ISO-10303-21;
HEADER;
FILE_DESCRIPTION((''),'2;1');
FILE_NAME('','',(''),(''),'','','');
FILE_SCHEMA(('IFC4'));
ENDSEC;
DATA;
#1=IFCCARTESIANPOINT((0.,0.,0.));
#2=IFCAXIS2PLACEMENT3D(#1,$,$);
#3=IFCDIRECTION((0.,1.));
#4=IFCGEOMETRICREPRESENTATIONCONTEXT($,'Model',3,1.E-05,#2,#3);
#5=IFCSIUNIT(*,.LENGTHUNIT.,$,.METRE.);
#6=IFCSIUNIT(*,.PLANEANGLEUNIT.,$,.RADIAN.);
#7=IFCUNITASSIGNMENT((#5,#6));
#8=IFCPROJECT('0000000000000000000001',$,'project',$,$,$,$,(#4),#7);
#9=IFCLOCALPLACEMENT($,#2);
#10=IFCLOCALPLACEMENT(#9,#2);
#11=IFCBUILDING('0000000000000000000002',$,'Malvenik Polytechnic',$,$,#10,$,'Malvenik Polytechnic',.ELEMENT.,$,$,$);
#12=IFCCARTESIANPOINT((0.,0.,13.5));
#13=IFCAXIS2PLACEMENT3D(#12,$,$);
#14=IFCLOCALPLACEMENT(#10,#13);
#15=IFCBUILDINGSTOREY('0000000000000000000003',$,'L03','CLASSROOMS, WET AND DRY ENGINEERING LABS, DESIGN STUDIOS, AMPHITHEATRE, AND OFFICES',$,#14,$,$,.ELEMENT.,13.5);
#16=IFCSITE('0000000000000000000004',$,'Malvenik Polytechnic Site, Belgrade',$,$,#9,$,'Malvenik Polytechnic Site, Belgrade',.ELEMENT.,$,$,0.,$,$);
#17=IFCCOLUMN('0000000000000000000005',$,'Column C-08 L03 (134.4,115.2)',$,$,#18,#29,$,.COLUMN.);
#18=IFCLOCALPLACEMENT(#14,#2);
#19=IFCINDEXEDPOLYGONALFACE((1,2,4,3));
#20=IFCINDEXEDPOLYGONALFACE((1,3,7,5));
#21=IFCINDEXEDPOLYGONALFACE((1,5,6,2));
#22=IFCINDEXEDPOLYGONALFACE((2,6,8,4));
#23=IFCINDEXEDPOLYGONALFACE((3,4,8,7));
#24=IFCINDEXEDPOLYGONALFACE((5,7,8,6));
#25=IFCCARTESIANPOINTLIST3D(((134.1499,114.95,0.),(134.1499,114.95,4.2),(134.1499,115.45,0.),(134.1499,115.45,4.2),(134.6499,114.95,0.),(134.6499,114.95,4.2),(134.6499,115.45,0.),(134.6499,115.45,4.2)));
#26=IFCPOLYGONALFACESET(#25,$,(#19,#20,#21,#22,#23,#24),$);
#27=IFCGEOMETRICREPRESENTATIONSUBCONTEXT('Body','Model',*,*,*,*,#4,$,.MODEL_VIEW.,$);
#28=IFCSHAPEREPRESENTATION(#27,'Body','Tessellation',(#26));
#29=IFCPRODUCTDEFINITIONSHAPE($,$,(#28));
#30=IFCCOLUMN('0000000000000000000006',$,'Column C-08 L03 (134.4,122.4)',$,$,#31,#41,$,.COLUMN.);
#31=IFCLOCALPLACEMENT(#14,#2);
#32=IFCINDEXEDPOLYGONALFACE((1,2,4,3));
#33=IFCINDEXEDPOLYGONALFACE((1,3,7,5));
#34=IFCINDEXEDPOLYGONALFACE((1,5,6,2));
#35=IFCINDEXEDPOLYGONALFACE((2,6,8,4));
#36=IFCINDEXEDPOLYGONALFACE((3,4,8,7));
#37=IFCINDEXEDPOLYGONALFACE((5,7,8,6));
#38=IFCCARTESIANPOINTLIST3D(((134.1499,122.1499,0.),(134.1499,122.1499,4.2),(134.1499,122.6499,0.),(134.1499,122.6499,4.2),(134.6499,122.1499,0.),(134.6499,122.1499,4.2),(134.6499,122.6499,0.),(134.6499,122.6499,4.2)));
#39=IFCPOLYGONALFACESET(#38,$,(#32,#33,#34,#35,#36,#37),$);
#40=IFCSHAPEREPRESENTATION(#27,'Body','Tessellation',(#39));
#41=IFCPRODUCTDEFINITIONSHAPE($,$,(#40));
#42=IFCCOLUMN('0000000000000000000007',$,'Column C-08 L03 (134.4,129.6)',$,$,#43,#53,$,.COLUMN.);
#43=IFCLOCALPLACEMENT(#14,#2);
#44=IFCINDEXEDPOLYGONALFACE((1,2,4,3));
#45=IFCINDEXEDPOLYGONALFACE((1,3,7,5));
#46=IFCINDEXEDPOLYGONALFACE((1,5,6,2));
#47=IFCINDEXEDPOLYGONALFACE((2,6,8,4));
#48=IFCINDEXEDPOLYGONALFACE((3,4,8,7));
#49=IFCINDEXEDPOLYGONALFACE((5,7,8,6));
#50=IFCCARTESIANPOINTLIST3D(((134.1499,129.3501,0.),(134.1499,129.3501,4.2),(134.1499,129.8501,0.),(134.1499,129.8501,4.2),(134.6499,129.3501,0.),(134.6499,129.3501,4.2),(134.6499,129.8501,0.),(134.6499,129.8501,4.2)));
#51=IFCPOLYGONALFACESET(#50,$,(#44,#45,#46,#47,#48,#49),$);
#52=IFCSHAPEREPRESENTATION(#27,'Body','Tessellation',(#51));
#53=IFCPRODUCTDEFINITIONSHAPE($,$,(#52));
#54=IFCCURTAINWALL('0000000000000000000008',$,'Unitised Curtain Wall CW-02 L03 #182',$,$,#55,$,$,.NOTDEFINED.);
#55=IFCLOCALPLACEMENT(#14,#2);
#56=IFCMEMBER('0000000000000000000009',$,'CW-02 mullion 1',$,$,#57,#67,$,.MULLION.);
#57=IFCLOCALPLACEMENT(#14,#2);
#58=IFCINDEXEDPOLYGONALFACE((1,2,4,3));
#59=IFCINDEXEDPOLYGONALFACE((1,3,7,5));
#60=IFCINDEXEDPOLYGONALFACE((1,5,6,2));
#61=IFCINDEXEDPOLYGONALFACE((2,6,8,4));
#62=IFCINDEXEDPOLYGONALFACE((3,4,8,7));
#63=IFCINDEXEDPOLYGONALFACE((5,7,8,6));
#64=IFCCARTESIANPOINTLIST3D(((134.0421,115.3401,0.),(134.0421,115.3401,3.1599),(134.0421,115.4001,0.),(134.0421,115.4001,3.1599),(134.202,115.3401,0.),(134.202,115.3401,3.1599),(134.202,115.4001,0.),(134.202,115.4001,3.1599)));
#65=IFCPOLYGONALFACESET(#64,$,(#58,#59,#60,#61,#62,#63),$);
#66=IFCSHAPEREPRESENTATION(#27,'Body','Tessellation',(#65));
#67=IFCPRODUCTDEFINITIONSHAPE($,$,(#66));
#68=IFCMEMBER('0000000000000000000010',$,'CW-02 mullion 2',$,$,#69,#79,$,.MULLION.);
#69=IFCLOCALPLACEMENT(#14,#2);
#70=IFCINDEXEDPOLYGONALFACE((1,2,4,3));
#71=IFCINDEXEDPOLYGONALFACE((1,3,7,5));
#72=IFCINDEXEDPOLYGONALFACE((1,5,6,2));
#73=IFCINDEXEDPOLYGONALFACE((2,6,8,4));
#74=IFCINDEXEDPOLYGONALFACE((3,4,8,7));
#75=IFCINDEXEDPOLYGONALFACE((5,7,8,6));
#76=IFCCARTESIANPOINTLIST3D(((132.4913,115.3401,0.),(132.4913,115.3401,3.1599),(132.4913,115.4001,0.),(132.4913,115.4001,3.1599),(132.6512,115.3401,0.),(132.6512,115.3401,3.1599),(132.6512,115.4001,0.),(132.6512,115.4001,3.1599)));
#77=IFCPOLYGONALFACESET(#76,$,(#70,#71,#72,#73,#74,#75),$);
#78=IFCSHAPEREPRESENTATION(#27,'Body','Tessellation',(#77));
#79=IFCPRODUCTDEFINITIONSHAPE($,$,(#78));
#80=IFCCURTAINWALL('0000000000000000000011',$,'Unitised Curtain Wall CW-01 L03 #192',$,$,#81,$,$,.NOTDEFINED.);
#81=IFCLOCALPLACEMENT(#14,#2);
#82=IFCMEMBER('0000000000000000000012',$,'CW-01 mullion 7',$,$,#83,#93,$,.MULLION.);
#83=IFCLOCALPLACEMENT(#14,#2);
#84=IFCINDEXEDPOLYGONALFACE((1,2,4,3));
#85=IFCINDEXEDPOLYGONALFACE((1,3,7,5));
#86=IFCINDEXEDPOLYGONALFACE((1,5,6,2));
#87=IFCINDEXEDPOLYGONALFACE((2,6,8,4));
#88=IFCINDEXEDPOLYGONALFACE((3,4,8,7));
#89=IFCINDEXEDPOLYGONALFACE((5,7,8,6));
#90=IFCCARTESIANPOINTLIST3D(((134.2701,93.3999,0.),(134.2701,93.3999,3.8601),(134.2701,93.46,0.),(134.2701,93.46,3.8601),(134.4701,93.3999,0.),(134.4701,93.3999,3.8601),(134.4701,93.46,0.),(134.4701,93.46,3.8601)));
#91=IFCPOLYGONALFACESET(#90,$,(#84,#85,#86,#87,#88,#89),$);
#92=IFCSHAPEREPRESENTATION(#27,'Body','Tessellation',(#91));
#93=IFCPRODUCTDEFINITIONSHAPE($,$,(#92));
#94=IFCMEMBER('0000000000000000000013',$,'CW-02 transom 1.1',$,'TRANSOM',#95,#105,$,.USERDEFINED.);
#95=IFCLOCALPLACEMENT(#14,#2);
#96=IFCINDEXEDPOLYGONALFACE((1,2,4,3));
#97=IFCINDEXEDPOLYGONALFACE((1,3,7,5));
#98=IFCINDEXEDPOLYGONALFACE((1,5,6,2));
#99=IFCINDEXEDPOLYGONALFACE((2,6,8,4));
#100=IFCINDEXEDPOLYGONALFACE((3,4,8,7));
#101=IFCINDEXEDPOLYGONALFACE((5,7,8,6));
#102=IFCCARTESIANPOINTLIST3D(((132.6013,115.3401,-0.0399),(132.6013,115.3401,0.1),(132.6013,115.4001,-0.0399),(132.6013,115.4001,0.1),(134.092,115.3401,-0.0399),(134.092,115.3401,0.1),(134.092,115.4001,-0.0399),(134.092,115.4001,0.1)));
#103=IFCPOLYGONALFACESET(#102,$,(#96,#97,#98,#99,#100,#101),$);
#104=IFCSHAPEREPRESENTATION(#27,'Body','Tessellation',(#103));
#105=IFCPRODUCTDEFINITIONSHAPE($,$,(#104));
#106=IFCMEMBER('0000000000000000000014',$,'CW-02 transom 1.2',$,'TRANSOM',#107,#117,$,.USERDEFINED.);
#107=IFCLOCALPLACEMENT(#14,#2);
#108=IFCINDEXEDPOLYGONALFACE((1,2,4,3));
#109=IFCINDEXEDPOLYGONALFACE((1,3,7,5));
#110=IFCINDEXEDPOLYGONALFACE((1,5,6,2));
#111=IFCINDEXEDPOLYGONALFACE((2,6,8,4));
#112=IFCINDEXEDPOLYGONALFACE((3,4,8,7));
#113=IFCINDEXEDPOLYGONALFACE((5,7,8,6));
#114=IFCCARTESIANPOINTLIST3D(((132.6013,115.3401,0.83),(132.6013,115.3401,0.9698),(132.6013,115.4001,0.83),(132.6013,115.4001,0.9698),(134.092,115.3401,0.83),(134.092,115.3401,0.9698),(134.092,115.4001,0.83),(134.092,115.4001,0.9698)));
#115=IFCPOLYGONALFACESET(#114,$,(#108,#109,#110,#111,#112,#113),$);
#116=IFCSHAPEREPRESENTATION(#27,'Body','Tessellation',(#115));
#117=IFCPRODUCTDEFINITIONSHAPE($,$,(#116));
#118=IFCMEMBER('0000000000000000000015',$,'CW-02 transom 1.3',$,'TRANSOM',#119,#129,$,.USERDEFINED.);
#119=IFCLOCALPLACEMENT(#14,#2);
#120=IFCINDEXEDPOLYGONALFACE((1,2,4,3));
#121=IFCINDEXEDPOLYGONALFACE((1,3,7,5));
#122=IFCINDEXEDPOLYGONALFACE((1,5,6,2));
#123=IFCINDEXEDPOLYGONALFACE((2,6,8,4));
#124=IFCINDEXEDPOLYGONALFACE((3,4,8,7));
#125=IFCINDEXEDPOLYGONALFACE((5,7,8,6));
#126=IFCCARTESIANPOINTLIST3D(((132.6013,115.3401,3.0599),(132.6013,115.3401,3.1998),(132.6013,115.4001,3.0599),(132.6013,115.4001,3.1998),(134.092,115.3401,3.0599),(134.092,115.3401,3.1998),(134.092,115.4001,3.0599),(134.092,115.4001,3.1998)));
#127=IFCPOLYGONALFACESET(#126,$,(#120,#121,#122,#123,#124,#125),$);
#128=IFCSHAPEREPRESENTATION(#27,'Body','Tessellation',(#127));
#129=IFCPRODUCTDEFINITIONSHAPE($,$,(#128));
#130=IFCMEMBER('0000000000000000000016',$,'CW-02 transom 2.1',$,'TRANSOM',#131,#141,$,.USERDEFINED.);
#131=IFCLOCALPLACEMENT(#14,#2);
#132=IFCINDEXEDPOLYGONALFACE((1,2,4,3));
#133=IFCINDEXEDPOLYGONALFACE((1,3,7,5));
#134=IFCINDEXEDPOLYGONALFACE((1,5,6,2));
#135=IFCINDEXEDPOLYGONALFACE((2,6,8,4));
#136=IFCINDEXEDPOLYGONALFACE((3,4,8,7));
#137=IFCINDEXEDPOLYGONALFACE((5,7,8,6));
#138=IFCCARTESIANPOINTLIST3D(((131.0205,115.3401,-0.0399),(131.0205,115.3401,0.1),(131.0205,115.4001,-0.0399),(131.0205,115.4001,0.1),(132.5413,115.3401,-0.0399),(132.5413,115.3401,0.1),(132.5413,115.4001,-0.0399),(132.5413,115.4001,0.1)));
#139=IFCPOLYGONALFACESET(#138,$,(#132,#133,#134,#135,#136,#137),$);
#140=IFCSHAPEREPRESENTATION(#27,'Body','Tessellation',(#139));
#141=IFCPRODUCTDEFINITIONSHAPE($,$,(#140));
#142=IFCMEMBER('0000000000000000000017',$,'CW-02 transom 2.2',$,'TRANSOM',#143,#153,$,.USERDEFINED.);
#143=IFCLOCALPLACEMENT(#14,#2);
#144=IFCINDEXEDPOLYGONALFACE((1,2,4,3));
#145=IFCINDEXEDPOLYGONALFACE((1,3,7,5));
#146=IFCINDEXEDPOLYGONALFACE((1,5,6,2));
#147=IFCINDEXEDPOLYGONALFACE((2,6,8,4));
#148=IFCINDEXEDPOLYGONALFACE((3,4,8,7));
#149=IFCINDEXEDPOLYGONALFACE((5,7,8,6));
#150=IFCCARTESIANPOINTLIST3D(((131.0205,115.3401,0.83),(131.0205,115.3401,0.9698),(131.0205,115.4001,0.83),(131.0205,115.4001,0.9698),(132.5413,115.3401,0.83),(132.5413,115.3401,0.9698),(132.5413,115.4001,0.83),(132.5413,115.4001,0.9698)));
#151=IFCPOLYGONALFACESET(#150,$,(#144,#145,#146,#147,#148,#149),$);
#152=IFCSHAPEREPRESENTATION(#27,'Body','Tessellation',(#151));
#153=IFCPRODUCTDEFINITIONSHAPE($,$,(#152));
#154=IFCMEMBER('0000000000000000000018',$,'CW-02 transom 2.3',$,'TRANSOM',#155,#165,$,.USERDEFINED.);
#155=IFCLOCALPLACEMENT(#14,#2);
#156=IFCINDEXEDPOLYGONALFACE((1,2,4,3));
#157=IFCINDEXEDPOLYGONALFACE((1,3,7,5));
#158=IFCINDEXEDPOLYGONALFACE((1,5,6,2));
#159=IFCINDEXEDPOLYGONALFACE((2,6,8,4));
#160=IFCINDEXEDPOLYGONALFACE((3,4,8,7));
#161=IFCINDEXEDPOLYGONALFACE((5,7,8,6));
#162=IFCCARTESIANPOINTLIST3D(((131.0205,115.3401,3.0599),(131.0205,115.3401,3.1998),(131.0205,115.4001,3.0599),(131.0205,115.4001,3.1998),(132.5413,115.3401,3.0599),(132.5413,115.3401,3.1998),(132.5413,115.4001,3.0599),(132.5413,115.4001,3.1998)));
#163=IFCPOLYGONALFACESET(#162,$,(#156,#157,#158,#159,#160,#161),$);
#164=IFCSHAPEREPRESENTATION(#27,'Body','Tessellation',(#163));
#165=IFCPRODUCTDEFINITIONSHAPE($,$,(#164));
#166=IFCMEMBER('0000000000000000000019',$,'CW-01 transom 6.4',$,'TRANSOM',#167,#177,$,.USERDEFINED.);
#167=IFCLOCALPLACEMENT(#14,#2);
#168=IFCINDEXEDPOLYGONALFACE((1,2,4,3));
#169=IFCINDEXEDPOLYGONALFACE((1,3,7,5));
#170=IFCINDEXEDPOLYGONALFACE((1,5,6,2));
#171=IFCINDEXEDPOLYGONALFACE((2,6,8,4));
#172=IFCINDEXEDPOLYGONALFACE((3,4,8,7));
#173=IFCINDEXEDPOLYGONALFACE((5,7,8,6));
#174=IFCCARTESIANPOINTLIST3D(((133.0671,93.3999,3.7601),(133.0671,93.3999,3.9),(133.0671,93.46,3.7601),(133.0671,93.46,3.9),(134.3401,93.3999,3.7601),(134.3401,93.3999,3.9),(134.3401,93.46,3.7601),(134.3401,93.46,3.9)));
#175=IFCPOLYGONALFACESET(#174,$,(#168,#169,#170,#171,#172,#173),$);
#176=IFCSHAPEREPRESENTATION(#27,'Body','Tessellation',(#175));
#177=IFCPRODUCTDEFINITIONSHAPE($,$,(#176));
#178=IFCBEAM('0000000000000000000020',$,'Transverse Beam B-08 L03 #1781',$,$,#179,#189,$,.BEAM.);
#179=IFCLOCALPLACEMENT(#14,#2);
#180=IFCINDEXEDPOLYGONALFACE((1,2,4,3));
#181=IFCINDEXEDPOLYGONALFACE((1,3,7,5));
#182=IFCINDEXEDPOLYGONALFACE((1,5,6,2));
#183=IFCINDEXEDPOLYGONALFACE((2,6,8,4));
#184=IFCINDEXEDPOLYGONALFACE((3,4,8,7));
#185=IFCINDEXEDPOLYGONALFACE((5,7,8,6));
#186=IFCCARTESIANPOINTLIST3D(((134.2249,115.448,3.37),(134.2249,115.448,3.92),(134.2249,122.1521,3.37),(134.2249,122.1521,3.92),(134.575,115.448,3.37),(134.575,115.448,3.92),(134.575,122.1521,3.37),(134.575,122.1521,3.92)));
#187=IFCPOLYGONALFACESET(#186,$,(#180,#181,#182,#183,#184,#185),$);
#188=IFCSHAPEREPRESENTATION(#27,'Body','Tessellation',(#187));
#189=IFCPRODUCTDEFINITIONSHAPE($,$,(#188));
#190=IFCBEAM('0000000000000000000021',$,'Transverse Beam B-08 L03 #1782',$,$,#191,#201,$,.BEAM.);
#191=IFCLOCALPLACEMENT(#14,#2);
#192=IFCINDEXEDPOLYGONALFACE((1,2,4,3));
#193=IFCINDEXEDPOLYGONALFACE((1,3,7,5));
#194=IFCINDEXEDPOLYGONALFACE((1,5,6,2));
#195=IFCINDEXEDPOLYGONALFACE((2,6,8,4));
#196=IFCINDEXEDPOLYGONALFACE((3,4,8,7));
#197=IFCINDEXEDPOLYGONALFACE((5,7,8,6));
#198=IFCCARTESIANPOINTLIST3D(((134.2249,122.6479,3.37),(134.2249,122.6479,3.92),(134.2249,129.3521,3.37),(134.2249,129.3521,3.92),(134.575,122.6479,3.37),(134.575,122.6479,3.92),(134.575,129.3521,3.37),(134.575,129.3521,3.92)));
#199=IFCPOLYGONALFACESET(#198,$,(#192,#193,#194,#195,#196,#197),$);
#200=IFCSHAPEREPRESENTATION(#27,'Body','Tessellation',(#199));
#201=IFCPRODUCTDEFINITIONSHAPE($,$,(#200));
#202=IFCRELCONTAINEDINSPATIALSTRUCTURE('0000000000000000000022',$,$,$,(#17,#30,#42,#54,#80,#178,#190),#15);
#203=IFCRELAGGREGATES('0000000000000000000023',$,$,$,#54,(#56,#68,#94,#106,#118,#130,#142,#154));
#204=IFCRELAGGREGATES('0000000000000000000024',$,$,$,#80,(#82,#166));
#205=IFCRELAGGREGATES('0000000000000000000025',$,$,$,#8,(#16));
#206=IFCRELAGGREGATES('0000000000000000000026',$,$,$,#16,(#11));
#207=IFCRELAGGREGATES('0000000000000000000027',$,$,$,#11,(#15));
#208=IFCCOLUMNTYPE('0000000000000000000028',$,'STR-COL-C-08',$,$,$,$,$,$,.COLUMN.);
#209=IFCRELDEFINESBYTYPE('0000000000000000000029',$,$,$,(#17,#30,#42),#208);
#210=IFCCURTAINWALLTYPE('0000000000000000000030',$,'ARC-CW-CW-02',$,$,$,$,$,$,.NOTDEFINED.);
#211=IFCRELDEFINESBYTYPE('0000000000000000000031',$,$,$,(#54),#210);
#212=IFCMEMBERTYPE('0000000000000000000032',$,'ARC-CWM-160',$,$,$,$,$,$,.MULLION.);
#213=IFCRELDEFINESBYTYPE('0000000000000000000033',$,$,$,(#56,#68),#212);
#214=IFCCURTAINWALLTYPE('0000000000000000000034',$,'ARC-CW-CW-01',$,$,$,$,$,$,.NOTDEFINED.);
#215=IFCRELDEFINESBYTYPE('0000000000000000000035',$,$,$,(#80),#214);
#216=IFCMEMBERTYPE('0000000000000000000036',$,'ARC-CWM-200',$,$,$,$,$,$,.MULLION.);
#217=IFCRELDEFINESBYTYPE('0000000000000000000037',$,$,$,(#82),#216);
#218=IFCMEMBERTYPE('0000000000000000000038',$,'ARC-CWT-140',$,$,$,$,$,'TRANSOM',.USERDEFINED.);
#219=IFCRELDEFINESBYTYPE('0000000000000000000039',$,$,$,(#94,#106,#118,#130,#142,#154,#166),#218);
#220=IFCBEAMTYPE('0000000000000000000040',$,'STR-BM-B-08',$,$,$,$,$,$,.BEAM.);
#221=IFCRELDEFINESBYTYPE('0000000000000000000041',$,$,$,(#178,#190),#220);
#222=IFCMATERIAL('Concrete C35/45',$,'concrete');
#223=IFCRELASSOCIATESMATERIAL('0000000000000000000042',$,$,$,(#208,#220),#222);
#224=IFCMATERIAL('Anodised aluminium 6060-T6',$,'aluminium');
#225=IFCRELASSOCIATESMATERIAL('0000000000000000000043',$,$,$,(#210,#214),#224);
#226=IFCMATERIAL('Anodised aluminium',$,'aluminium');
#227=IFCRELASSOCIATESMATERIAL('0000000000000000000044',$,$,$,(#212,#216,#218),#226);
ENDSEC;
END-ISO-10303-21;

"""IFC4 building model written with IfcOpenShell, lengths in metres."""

from ifc_helpers import new_model, si_unit, direction, frame, origin, origin_2d, place, context, subcontext, project, spatial, rectangle, extrude, material, material_profile, profile_set, type_object, element, aggregate, save


model = new_model("IFC4")

# Units and contexts
model_context = context("Model", 3, precision=1e-05, world=origin(), true_north=direction((0.0, 1.0)))
body_context = subcontext(model_context, "Body", "Model", "MODEL_VIEW")
ifc_project = project(units=[si_unit("LENGTHUNIT", "METRE"), si_unit("PLANEANGLEUNIT", "RADIAN")], contexts=[model_context])

# Site, building, storey
site_placement = place(None, origin())
site = spatial("IfcSite", under=ifc_project, at=site_placement, Name="Malvenik Polytechnic Site, Belgrade", LongName="Malvenik Polytechnic Site, Belgrade", CompositionType="ELEMENT", RefElevation=0.0)
building_placement = place(site_placement, origin())
building = spatial("IfcBuilding", under=site, at=building_placement, Name="Malvenik Polytechnic", LongName="Malvenik Polytechnic", CompositionType="ELEMENT")
storey_placement = place(building_placement, frame((0.0, 0.0, 13.5)))
storey = spatial("IfcBuildingStorey", under=building, at=storey_placement, Name="L03", Description="CLASSROOMS, WET AND DRY ENGINEERING LABS, DESIGN STUDIOS, AMPHITHEATRE, AND OFFICES", CompositionType="ELEMENT", Elevation=13.5)

# Columns
ifc_material_1 = material(Name="Concrete C35/45", Category="concrete")
ifc_material_profile_1 = material_profile(ifc_material_1, rectangle(XDim=0.5, YDim=0.5, at=origin_2d()), Name="RC COL 500x500")
ifc_profile_set_1 = profile_set([ifc_material_profile_1], Name="Concrete C35/45")
column_type = type_object("IfcColumnType", Name="STR-COL-C-08", PredefinedType="COLUMN", material=ifc_profile_set_1)
for number, where, z_axis, x_axis, name in (
    (1, (134.3999, 115.2, 0.0), (0.0, 0.0, 1.0), (1.0, 0.0, 0.0), "Column C-08 L03 (134.4,115.2)"),
    (2, (134.3999, 122.3999, 0.0), (0.0, 0.0, 1.0), (1.0, 0.0, 0.0), "Column C-08 L03 (134.4,122.4)"),
    (3, (134.3999, 129.6001, 0.0), (0.0, 0.0, 1.0), (1.0, 0.0, 0.0), "Column C-08 L03 (134.4,129.6)"),
):
    element("IfcColumn", number, at=place(storey_placement, frame(where, z_axis=z_axis, x_axis=x_axis)), inside=storey, type_object=column_type, Name=name, PredefinedType="COLUMN", context=body_context, shape_type="SweptSolid", body=[
        extrude(rectangle(XDim=0.5, YDim=0.5, at=origin_2d()), origin(), (0.0, 0.0, 1.0), 4.2),
    ])

# Curtain wall, members
ifc_material_2 = material(Name="Anodised aluminium 6060-T6", Category="aluminium")
curtain_wall_type_1 = type_object("IfcCurtainWallType", Name="ARC-CW-CW-02", PredefinedType="NOTDEFINED", material=ifc_material_2)
curtain_wall_1_placement = place(storey_placement, origin())
curtain_wall_1 = element("IfcCurtainWall", 4, at=curtain_wall_1_placement, inside=storey, type_object=curtain_wall_type_1, Name="Unitised Curtain Wall CW-02 L03 #182", PredefinedType="NOTDEFINED")
ifc_material_3 = material(Name="Anodised aluminium", Category="aluminium")
ifc_material_profile_2 = material_profile(ifc_material_3, rectangle(XDim=0.0601, YDim=0.1599, at=origin_2d()), Name="ALU MULLION 60x160")
ifc_profile_set_2 = profile_set([ifc_material_profile_2], Name="Anodised aluminium")
member_type_1 = type_object("IfcMemberType", Name="ARC-CWM-160", PredefinedType="MULLION", material=ifc_profile_set_2)
member_1_placement = place(storey_placement, frame((134.1221, 115.3701, 0.0), z_axis=(0.0, 0.0, 1.0), x_axis=(0.0, -1.0, 0.0)))
member_1 = element("IfcMember", 5, at=member_1_placement, type_object=member_type_1, Name="CW-02 mullion 1", PredefinedType="MULLION", context=body_context, shape_type="SweptSolid", body=[
    extrude(rectangle(XDim=0.0601, YDim=0.1599, at=origin_2d()), origin(), (0.0, 0.0, 1.0), 3.1599),
])
member_2_placement = place(storey_placement, frame((132.5713, 115.3701, 0.0), z_axis=(0.0, 0.0, 1.0), x_axis=(0.0, -1.0, 0.0)))
member_2 = element("IfcMember", 6, at=member_2_placement, type_object=member_type_1, Name="CW-02 mullion 2", PredefinedType="MULLION", context=body_context, shape_type="SweptSolid", body=[
    extrude(rectangle(XDim=0.0601, YDim=0.1599, at=origin_2d()), origin(), (0.0, 0.0, 1.0), 3.1599),
])

# Curtain wall, member
curtain_wall_type_2 = type_object("IfcCurtainWallType", Name="ARC-CW-CW-01", PredefinedType="NOTDEFINED", material=ifc_material_2)
curtain_wall_2_placement = place(storey_placement, origin())
curtain_wall_2 = element("IfcCurtainWall", 7, at=curtain_wall_2_placement, inside=storey, type_object=curtain_wall_type_2, Name="Unitised Curtain Wall CW-01 L03 #192", PredefinedType="NOTDEFINED")
ifc_material_profile_3 = material_profile(ifc_material_3, rectangle(XDim=0.0601, YDim=0.2, at=origin_2d()), Name="ALU MULLION 60x200")
ifc_profile_set_3 = profile_set([ifc_material_profile_3], Name="Anodised aluminium")
member_type_2 = type_object("IfcMemberType", Name="ARC-CWM-200", PredefinedType="MULLION", material=ifc_profile_set_3)
member_3_placement = place(storey_placement, frame((134.3701, 93.4299, 0.0), z_axis=(0.0, 0.0, 1.0), x_axis=(0.0, 1.0, 0.0)))
member_3 = element("IfcMember", 8, at=member_3_placement, type_object=member_type_2, Name="CW-01 mullion 7", PredefinedType="MULLION", context=body_context, shape_type="SweptSolid", body=[
    extrude(rectangle(XDim=0.0601, YDim=0.2, at=origin_2d()), origin(), (0.0, 0.0, 1.0), 3.8601),
])

# Members
ifc_material_profile_4 = material_profile(ifc_material_3, rectangle(XDim=0.0601, YDim=0.1399, at=origin_2d()), Name="ALU TRANSOM 60x140")
ifc_profile_set_4 = profile_set([ifc_material_profile_4], Name="Anodised aluminium")
member_type_3 = type_object("IfcMemberType", Name="ARC-CWT-140", ElementType="TRANSOM", PredefinedType="USERDEFINED", material=ifc_profile_set_4)
member_4_placement = place(storey_placement, frame((134.092, 115.3701, 0.03), z_axis=(-1.0, 0.0, 0.0), x_axis=(0.0, -1.0, 0.0)))
member_4 = element("IfcMember", 9, at=member_4_placement, type_object=member_type_3, Name="CW-02 transom 1.1", ObjectType="TRANSOM", PredefinedType="USERDEFINED", context=body_context, shape_type="SweptSolid", body=[
    extrude(rectangle(XDim=0.0601, YDim=0.1399, at=origin_2d()), origin(), (0.0, 0.0, 1.0), 1.4907),
])
member_5_placement = place(storey_placement, frame((134.092, 115.3701, 0.8999), z_axis=(-1.0, 0.0, 0.0), x_axis=(0.0, -1.0, 0.0)))
member_5 = element("IfcMember", 10, at=member_5_placement, type_object=member_type_3, Name="CW-02 transom 1.2", ObjectType="TRANSOM", PredefinedType="USERDEFINED", context=body_context, shape_type="SweptSolid", body=[
    extrude(rectangle(XDim=0.0601, YDim=0.1399, at=origin_2d()), origin(), (0.0, 0.0, 1.0), 1.4907),
])
member_6_placement = place(storey_placement, frame((134.092, 115.3701, 3.1299), z_axis=(-1.0, 0.0, 0.0), x_axis=(0.0, -1.0, 0.0)))
member_6 = element("IfcMember", 11, at=member_6_placement, type_object=member_type_3, Name="CW-02 transom 1.3", ObjectType="TRANSOM", PredefinedType="USERDEFINED", context=body_context, shape_type="SweptSolid", body=[
    extrude(rectangle(XDim=0.0601, YDim=0.1399, at=origin_2d()), origin(), (0.0, 0.0, 1.0), 1.4907),
])
member_7_placement = place(storey_placement, frame((132.5413, 115.3701, 0.03), z_axis=(-1.0, 0.0, 0.0), x_axis=(0.0, -1.0, 0.0)))
member_7 = element("IfcMember", 12, at=member_7_placement, type_object=member_type_3, Name="CW-02 transom 2.1", ObjectType="TRANSOM", PredefinedType="USERDEFINED", context=body_context, shape_type="SweptSolid", body=[
    extrude(rectangle(XDim=0.0601, YDim=0.1399, at=origin_2d()), origin(), (0.0, 0.0, 1.0), 1.5208),
])
member_8_placement = place(storey_placement, frame((132.5413, 115.3701, 0.8999), z_axis=(-1.0, 0.0, 0.0), x_axis=(0.0, -1.0, 0.0)))
member_8 = element("IfcMember", 13, at=member_8_placement, type_object=member_type_3, Name="CW-02 transom 2.2", ObjectType="TRANSOM", PredefinedType="USERDEFINED", context=body_context, shape_type="SweptSolid", body=[
    extrude(rectangle(XDim=0.0601, YDim=0.1399, at=origin_2d()), origin(), (0.0, 0.0, 1.0), 1.5208),
])
member_9_placement = place(storey_placement, frame((132.5413, 115.3701, 3.1299), z_axis=(-1.0, 0.0, 0.0), x_axis=(0.0, -1.0, 0.0)))
member_9 = element("IfcMember", 14, at=member_9_placement, type_object=member_type_3, Name="CW-02 transom 2.3", ObjectType="TRANSOM", PredefinedType="USERDEFINED", context=body_context, shape_type="SweptSolid", body=[
    extrude(rectangle(XDim=0.0601, YDim=0.1399, at=origin_2d()), origin(), (0.0, 0.0, 1.0), 1.5208),
])
member_10_placement = place(storey_placement, frame((133.0671, 93.4299, 3.8301), z_axis=(1.0, 0.0, 0.0), x_axis=(0.0, 1.0, 0.0)))
member_10 = element("IfcMember", 15, at=member_10_placement, type_object=member_type_3, Name="CW-01 transom 6.4", ObjectType="TRANSOM", PredefinedType="USERDEFINED", context=body_context, shape_type="SweptSolid", body=[
    extrude(rectangle(XDim=0.0601, YDim=0.1399, at=origin_2d()), origin(), (0.0, 0.0, 1.0), 1.2729),
])

# Beams
ifc_material_profile_5 = material_profile(ifc_material_1, rectangle(XDim=0.3501, YDim=0.55, at=origin_2d()), Name="RC BM 350x550")
ifc_profile_set_5 = profile_set([ifc_material_profile_5], Name="Concrete C35/45")
beam_type = type_object("IfcBeamType", Name="STR-BM-B-08", PredefinedType="BEAM", material=ifc_profile_set_5)
for number, where, z_axis, x_axis, name in (
    (16, (134.3999, 115.448, 3.645), (0.0, 1.0, 0.0), (-1.0, 0.0, 0.0), "Transverse Beam B-08 L03 #1781"),
    (17, (134.3999, 122.6479, 3.645), (0.0, 1.0, 0.0), (-1.0, 0.0, 0.0), "Transverse Beam B-08 L03 #1782"),
):
    element("IfcBeam", number, at=place(storey_placement, frame(where, z_axis=z_axis, x_axis=x_axis)), inside=storey, type_object=beam_type, Name=name, PredefinedType="BEAM", context=body_context, shape_type="SweptSolid", body=[
        extrude(rectangle(XDim=0.3501, YDim=0.55, at=origin_2d()), origin(), (0.0, 0.0, 1.0), 6.7041),
    ])

aggregate(curtain_wall_1, [member_1, member_2, member_4, member_5, member_6, member_7, member_8, member_9])
aggregate(curtain_wall_2, [member_3, member_10])

save(model, "model.ifc")
